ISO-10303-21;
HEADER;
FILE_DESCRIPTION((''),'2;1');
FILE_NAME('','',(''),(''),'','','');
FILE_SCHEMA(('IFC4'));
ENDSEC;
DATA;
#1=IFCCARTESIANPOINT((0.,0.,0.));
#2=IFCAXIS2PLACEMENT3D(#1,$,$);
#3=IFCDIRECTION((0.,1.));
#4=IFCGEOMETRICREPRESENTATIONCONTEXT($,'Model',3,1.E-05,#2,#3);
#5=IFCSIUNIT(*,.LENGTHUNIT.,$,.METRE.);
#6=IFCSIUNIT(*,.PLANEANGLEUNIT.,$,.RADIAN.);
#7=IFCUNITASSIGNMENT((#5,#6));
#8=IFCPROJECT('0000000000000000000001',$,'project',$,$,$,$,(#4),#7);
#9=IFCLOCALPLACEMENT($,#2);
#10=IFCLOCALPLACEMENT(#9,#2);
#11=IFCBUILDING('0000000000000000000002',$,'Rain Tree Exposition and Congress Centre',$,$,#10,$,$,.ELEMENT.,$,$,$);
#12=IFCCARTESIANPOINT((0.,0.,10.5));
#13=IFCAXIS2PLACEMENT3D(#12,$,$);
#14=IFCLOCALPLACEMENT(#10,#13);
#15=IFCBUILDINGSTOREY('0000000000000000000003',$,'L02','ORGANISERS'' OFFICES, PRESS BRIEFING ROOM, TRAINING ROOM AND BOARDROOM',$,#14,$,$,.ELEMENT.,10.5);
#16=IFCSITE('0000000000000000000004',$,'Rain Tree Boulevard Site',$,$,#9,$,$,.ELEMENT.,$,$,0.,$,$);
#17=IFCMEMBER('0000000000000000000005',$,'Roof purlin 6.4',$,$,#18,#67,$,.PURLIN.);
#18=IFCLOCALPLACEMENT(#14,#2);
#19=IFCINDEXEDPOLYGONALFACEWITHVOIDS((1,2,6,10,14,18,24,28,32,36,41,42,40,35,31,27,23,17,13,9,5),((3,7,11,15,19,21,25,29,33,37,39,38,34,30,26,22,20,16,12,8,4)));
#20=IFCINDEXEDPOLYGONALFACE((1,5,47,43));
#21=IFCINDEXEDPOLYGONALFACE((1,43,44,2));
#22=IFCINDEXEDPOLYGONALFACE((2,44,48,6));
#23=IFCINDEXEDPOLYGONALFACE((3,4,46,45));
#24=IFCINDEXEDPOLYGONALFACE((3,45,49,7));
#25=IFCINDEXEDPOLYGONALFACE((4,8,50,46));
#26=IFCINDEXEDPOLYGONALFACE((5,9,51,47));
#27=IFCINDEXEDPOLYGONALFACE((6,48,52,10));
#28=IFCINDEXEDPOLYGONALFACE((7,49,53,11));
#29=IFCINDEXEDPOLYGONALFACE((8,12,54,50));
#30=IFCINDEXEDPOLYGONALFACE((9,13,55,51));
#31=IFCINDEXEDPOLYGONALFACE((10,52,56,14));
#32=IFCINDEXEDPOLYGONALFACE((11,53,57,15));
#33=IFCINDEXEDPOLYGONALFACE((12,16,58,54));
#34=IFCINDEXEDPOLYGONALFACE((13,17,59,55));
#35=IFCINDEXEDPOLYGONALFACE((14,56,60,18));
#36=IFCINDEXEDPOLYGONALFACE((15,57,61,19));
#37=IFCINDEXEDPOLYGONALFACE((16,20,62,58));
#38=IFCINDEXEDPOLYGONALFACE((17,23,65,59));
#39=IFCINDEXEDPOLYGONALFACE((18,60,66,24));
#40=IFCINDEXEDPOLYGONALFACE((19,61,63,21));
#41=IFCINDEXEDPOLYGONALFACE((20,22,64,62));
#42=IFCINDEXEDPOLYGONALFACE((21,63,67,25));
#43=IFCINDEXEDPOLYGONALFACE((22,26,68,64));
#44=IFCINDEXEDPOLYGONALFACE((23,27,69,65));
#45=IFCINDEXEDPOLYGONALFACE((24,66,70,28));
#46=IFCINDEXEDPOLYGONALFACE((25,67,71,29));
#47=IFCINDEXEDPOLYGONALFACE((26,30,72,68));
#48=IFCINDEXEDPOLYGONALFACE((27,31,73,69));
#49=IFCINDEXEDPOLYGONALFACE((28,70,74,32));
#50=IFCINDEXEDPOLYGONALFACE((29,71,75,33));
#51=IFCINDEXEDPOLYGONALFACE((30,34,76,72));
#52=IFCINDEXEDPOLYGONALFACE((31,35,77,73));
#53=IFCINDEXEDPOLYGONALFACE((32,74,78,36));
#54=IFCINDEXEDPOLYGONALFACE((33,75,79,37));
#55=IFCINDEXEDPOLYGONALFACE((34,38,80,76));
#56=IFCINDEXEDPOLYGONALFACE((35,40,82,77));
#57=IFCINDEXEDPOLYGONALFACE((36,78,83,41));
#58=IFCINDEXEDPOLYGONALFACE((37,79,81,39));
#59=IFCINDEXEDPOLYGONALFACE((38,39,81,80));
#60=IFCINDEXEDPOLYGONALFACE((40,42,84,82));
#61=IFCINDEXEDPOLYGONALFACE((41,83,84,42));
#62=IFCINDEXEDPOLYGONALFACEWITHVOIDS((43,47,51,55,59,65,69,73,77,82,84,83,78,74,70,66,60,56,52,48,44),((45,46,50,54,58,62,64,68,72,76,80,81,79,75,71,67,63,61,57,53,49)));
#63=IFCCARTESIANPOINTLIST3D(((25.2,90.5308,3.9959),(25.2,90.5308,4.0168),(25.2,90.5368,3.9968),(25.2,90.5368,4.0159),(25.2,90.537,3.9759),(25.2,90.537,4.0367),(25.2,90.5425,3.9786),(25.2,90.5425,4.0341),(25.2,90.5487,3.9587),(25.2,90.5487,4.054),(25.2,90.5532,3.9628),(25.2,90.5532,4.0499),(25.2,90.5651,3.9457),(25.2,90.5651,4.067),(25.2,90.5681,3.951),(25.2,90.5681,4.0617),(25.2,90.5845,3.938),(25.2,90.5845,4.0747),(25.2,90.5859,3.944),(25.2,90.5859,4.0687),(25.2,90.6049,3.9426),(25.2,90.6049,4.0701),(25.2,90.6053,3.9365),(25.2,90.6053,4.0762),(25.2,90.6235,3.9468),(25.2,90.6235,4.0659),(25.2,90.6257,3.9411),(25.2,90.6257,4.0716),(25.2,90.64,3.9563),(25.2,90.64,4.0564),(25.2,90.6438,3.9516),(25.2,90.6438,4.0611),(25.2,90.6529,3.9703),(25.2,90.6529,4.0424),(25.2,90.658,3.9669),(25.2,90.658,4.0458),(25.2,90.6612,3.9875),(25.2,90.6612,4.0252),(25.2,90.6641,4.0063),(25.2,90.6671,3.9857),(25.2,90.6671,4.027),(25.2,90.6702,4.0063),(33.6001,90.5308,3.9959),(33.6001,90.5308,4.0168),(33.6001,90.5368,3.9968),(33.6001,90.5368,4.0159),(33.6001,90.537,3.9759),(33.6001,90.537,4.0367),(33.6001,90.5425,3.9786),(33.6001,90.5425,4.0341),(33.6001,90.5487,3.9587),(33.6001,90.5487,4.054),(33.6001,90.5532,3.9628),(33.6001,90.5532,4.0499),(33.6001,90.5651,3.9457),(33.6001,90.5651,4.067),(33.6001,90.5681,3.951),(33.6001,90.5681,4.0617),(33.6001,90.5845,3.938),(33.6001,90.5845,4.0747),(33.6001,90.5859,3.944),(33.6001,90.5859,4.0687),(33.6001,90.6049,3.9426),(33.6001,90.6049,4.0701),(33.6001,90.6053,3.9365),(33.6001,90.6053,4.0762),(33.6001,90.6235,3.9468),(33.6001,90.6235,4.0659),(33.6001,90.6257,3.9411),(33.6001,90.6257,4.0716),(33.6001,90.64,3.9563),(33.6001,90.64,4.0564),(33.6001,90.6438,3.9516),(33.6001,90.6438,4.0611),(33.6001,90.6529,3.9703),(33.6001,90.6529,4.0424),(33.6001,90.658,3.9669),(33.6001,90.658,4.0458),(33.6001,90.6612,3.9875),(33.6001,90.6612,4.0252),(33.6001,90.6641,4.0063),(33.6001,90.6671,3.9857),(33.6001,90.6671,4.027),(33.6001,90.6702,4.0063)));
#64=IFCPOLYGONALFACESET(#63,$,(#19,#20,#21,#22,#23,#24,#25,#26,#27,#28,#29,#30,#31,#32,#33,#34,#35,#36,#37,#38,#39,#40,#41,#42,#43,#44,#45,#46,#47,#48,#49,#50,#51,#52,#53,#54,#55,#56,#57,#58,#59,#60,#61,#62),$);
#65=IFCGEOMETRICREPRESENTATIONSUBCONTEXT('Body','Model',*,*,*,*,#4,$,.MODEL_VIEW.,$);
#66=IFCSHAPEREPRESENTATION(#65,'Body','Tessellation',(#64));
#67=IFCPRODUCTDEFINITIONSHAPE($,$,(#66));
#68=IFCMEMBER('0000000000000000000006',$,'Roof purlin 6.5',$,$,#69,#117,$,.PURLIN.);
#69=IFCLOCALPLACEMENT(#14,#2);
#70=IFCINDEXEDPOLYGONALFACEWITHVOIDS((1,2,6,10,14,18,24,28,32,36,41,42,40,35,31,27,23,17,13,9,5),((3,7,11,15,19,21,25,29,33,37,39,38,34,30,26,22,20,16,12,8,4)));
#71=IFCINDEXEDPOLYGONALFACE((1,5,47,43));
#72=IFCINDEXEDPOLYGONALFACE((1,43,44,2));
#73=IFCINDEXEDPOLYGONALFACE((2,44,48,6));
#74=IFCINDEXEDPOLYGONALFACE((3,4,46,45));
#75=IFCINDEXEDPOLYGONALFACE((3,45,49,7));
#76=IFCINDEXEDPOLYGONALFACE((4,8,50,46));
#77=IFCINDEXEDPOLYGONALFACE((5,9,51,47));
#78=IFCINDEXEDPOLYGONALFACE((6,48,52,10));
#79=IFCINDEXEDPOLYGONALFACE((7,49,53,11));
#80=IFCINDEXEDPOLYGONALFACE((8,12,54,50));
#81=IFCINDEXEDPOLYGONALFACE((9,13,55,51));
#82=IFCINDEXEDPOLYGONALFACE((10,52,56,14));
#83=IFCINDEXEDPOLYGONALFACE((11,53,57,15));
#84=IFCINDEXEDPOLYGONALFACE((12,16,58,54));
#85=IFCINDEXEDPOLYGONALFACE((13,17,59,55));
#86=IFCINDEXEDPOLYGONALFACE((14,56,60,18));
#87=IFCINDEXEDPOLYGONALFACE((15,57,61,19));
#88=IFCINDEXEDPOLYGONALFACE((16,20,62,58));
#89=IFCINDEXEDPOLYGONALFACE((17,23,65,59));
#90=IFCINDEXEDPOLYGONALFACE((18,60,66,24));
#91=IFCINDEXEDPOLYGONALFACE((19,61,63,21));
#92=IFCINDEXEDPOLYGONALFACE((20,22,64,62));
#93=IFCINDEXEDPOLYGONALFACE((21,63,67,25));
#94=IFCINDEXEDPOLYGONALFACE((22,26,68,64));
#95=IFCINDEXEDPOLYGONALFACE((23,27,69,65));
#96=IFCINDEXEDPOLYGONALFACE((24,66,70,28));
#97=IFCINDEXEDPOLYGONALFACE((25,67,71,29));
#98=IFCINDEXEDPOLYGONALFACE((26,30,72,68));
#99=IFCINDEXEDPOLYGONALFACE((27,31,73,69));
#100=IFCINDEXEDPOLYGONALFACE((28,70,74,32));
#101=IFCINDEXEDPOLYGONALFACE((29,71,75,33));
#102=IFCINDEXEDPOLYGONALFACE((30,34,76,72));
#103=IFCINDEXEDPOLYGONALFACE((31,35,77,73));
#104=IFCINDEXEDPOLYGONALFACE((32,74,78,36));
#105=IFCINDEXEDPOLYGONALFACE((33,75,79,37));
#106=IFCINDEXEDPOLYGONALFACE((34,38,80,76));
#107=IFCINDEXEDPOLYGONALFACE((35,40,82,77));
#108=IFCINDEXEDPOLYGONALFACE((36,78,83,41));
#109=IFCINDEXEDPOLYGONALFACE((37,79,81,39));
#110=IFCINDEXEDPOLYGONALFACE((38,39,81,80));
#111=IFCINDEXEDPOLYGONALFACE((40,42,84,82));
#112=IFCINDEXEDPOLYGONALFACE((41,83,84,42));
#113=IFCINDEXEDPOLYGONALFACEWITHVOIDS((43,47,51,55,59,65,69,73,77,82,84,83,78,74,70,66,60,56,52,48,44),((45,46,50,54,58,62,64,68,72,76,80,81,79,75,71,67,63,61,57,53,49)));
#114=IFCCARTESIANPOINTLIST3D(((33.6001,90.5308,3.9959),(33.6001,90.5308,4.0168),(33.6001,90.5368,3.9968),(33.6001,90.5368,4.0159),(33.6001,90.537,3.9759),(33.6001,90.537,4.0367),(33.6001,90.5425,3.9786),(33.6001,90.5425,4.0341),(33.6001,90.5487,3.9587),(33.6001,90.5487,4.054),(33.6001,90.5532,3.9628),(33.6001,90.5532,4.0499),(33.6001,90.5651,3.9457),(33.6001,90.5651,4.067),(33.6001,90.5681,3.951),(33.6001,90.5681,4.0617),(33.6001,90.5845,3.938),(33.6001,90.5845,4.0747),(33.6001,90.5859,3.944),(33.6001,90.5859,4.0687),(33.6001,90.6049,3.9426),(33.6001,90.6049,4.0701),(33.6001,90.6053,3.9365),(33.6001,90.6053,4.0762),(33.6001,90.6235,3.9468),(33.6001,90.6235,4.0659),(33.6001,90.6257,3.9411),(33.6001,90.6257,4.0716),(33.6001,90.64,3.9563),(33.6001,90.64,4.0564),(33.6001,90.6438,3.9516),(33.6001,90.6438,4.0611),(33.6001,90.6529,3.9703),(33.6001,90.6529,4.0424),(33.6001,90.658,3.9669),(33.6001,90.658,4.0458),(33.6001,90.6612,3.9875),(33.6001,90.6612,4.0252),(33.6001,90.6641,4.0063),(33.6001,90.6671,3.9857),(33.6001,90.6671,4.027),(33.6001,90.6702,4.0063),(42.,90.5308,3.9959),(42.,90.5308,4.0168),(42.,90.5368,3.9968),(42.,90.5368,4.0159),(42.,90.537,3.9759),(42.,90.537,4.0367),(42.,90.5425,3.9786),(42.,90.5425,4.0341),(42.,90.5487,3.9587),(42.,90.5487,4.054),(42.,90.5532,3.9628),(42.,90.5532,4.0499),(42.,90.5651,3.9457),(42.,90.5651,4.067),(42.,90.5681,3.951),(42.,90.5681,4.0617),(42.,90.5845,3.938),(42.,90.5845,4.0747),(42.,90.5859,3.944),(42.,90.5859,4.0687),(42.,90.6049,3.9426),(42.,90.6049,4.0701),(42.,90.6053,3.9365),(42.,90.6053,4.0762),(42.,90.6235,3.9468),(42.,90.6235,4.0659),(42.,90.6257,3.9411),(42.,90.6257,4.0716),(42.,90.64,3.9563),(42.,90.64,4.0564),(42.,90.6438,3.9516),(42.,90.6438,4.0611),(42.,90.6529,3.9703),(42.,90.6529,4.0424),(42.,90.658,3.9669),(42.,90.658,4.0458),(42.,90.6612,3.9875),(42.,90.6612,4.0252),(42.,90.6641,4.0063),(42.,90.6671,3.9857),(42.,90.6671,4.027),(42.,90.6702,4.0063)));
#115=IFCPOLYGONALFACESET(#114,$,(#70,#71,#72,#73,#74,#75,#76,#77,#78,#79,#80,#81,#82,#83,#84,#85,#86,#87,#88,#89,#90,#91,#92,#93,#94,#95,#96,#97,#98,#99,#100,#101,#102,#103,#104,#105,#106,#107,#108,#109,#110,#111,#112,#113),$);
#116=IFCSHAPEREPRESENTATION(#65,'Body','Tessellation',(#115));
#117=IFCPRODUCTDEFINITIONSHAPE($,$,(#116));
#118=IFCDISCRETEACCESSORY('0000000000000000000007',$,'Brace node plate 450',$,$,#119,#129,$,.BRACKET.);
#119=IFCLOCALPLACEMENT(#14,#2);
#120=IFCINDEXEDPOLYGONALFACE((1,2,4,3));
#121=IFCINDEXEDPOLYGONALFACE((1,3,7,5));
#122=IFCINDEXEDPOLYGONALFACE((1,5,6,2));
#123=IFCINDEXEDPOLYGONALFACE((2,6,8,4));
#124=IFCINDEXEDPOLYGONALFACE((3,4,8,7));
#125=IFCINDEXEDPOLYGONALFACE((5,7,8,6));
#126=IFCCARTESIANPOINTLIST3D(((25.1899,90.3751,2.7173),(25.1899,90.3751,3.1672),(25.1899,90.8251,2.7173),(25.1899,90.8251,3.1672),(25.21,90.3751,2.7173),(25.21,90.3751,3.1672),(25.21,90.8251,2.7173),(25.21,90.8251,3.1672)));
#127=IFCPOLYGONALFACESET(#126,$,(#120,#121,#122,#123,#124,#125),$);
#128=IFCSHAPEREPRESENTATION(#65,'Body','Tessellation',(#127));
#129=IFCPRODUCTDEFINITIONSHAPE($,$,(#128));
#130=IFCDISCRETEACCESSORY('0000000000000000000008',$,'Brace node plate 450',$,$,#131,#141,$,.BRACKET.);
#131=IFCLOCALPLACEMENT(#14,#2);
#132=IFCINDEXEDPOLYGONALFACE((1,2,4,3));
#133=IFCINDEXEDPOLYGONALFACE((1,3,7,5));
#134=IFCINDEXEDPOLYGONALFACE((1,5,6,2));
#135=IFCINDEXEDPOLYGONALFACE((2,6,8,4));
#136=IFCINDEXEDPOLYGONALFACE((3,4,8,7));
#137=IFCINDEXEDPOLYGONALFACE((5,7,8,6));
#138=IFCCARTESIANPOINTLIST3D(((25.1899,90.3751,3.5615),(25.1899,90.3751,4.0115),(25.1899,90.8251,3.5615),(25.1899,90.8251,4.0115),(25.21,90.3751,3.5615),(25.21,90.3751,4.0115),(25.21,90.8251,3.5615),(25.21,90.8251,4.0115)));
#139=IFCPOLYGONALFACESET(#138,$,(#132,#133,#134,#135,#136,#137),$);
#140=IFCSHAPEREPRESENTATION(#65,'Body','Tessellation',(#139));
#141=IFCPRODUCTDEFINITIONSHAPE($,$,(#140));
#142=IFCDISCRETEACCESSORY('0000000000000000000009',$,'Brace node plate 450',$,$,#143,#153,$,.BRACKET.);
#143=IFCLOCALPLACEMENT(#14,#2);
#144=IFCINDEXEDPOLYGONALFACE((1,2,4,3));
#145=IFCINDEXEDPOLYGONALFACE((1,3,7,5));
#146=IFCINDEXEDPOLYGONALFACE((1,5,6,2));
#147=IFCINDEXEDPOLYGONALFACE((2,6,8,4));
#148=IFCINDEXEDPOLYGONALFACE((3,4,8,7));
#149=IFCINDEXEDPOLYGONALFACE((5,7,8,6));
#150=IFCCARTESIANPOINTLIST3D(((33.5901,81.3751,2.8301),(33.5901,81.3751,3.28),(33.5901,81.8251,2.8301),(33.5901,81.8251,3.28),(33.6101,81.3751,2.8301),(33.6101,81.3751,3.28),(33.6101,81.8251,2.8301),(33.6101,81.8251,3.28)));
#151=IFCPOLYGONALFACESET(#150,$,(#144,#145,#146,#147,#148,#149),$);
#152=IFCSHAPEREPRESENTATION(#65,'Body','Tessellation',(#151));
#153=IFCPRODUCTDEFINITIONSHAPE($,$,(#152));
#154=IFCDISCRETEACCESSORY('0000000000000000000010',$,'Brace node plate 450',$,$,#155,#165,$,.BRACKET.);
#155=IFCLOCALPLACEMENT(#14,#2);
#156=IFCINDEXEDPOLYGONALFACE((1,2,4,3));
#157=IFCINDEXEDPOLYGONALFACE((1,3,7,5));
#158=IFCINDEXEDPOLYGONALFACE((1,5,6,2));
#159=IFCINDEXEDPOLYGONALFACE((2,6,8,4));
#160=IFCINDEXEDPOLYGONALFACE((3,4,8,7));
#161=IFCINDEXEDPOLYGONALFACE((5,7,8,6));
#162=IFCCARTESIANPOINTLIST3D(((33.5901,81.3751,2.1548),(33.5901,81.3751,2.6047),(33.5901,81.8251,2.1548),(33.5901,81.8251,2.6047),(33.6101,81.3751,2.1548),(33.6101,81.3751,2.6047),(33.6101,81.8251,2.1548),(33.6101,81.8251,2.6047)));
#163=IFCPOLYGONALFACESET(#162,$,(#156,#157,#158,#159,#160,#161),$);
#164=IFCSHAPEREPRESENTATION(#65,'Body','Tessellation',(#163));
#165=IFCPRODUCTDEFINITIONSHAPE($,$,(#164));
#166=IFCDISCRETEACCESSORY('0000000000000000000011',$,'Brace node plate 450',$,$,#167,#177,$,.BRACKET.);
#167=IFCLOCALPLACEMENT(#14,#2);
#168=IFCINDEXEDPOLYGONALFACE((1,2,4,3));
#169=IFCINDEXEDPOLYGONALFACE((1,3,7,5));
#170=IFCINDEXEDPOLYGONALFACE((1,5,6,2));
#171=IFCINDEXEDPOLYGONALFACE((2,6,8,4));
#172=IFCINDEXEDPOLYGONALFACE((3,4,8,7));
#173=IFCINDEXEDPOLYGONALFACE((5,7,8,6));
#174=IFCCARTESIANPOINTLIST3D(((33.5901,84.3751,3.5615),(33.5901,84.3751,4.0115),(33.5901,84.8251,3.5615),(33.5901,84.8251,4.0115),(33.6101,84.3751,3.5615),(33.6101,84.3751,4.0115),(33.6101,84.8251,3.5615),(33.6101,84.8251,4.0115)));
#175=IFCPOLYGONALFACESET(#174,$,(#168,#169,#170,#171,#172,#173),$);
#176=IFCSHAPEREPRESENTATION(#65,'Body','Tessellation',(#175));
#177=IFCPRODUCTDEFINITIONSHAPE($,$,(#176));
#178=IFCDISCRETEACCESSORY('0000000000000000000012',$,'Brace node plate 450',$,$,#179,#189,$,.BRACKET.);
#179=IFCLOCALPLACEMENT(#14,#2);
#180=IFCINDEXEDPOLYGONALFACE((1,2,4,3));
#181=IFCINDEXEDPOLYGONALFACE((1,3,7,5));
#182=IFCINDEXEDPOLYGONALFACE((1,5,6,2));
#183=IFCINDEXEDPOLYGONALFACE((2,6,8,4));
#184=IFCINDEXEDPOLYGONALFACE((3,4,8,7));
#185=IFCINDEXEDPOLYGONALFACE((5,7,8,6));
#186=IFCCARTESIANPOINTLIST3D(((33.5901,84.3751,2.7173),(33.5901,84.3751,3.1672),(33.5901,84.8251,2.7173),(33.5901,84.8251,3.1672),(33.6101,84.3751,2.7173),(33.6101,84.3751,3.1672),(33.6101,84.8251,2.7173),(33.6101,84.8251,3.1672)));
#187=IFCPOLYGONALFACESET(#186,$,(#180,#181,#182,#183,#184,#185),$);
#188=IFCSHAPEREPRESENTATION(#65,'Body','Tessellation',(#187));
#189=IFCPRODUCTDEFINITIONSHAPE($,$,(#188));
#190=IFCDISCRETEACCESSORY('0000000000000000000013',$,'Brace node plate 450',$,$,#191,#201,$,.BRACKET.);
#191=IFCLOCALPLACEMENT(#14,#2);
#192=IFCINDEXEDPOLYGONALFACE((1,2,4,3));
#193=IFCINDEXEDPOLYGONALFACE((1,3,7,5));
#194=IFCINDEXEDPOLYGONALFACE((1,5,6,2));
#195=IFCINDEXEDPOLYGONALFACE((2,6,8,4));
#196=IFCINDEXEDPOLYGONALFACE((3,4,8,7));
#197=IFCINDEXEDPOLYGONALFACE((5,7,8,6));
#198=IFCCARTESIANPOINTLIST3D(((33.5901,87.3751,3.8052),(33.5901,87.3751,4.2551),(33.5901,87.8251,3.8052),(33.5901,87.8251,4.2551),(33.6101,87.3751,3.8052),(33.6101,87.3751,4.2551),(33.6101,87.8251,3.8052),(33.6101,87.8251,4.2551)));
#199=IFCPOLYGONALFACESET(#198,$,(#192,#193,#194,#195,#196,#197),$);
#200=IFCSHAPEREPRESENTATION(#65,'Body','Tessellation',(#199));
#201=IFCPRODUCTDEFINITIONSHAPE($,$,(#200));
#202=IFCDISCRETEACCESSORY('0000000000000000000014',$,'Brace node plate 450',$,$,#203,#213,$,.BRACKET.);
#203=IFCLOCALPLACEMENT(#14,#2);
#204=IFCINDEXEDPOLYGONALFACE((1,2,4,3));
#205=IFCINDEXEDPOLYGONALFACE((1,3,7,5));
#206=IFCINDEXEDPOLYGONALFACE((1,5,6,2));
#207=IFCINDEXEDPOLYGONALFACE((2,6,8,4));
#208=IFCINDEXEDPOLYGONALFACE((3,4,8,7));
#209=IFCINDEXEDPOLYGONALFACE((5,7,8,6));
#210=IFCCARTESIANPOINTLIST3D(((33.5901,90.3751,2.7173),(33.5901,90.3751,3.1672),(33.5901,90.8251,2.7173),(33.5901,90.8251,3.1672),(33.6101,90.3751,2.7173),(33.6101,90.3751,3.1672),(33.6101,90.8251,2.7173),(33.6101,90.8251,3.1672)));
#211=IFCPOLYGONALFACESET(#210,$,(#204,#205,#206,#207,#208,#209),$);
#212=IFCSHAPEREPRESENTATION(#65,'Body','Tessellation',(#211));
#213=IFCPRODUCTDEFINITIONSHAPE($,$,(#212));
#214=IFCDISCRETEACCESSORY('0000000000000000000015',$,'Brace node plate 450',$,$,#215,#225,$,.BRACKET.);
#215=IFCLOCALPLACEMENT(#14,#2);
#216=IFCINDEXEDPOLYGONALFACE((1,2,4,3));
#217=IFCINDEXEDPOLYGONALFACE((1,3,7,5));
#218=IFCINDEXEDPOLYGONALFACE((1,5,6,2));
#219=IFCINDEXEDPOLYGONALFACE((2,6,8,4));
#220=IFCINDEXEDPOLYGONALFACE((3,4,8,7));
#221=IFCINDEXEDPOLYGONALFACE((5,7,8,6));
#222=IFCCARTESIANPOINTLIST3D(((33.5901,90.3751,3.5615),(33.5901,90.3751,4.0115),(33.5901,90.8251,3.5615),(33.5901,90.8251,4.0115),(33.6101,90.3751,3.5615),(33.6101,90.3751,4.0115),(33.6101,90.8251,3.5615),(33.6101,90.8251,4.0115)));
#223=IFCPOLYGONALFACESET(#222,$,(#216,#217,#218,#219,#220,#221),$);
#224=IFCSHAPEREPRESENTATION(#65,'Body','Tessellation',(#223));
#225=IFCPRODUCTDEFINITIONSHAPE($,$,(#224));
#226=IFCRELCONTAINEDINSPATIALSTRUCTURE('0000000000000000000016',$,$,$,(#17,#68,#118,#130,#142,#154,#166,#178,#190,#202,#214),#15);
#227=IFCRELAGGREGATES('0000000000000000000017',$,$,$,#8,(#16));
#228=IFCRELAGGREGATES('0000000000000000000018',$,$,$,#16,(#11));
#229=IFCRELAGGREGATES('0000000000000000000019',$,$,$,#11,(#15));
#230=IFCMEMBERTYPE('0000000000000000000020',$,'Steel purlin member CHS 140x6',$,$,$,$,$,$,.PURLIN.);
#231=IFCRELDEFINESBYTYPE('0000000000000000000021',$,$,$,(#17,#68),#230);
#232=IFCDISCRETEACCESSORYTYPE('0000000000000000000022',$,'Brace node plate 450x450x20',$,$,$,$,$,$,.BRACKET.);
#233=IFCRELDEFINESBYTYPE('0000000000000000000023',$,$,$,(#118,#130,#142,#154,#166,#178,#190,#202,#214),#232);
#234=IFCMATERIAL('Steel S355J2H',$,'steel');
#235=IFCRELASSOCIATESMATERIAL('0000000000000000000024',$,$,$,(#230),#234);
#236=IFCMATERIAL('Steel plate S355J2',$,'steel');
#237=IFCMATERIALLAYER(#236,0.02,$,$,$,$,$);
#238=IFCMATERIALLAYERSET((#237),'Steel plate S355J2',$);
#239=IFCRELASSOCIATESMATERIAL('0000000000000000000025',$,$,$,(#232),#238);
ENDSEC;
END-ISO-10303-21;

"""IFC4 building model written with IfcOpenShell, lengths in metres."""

from ifc_helpers import new_model, si_unit, direction, frame, origin, origin_2d, place, context, subcontext, project, spatial, rectangle, hollow_circle, extrude, material, layer, layer_set, material_profile, profile_set, type_object, element, save


model = new_model("IFC4")

# Units and contexts
model_context = context("Model", 3, precision=1e-05, world=origin(), true_north=direction((0.0, 1.0)))
body_context = subcontext(model_context, "Body", "Model", "MODEL_VIEW")
ifc_project = project(units=[si_unit("LENGTHUNIT", "METRE"), si_unit("PLANEANGLEUNIT", "RADIAN")], contexts=[model_context])

# Site, building, storey
site_placement = place(None, origin())
site = spatial("IfcSite", under=ifc_project, at=site_placement, Name="Rain Tree Boulevard Site", CompositionType="ELEMENT", RefElevation=0.0)
building_placement = place(site_placement, origin())
building = spatial("IfcBuilding", under=site, at=building_placement, Name="Rain Tree Exposition and Congress Centre", CompositionType="ELEMENT")
storey_placement = place(building_placement, frame((0.0, 0.0, 10.5)))
storey = spatial("IfcBuildingStorey", under=building, at=storey_placement, Name="L02", Description="ORGANISERS' OFFICES, PRESS BRIEFING ROOM, TRAINING ROOM AND BOARDROOM", CompositionType="ELEMENT", Elevation=10.5)

# Members
ifc_material_1 = material(Name="Steel S355J2H", Category="steel")
ifc_material_profile_1 = material_profile(ifc_material_1, hollow_circle(Radius=0.0701, WallThickness=0.0061, at=origin_2d()), Name="CHS 140x6")
ifc_profile_set_1 = profile_set([ifc_material_profile_1], Name="Steel S355J2H")
member_type_1 = type_object("IfcMemberType", Name="Steel purlin member CHS 140x6", PredefinedType="PURLIN", material=ifc_profile_set_1)
member_1_placement = place(storey_placement, frame((25.2, 90.6001, 4.0063), z_axis=(1.0, 0.0, 0.0), x_axis=(0.0, 1.0, 0.0)))
element("IfcMember", 1, at=member_1_placement, inside=storey, type_object=member_type_1, Name="Roof purlin 6.4", PredefinedType="PURLIN", context=body_context, shape_type="SweptSolid", body=[
    extrude(hollow_circle(Radius=0.0701, WallThickness=0.0061, at=origin_2d()), origin(), (0.0, 0.0, 1.0), 8.4001),
])
member_2_placement = place(storey_placement, frame((33.6001, 90.6001, 4.0063), z_axis=(1.0, 0.0, 0.0), x_axis=(0.0, 1.0, 0.0)))
element("IfcMember", 2, at=member_2_placement, inside=storey, type_object=member_type_1, Name="Roof purlin 6.5", PredefinedType="PURLIN", context=body_context, shape_type="SweptSolid", body=[
    extrude(hollow_circle(Radius=0.0701, WallThickness=0.0061, at=origin_2d()), origin(), (0.0, 0.0, 1.0), 8.3999),
])

# Discrete accessories
ifc_material_2 = material(Name="Steel plate S355J2", Category="steel")
ifc_layer = layer(ifc_material_2, 0.02)
ifc_layer_set = layer_set([ifc_layer], Name="Steel plate S355J2")
discrete_accessory_type = type_object("IfcDiscreteAccessoryType", Name="Brace node plate 450x450x20", PredefinedType="BRACKET", material=ifc_layer_set)
for number, where, z_axis, x_axis, name in (
    (3, (25.2, 90.6001, 2.7173), (0.0, 0.0, 1.0), (0.0, -1.0, 0.0), "Brace node plate 450"),
    (4, (25.2, 90.6001, 3.5615), (0.0, 0.0, 1.0), (0.0, 1.0, 0.0), "Brace node plate 450"),
    (5, (33.6001, 81.6001, 2.8301), (0.0, 0.0, 1.0), (0.0, -1.0, 0.0), "Brace node plate 450"),
    (6, (33.6001, 81.6001, 2.1548), (0.0, 0.0, 1.0), (0.0, 1.0, 0.0), "Brace node plate 450"),
    (7, (33.6001, 84.6001, 3.5615), (0.0, 0.0, 1.0), (0.0, -1.0, 0.0), "Brace node plate 450"),
    (8, (33.6001, 84.6001, 2.7173), (0.0, 0.0, 1.0), (0.0, 1.0, 0.0), "Brace node plate 450"),
    (9, (33.6001, 87.6001, 3.8052), (0.0, 0.0, 1.0), (0.0, 1.0, 0.0), "Brace node plate 450"),
    (10, (33.6001, 90.6001, 2.7173), (0.0, 0.0, 1.0), (0.0, -1.0, 0.0), "Brace node plate 450"),
    (11, (33.6001, 90.6001, 3.5615), (0.0, 0.0, 1.0), (0.0, 1.0, 0.0), "Brace node plate 450"),
):
    element("IfcDiscreteAccessory", number, at=place(storey_placement, frame(where, z_axis=z_axis, x_axis=x_axis)), inside=storey, type_object=discrete_accessory_type, Name=name, PredefinedType="BRACKET", context=body_context, shape_type="SweptSolid", body=[
        extrude(rectangle(XDim=0.45, YDim=0.02, at=origin_2d()), origin(), (0.0, 0.0, 1.0), 0.45),
    ])

save(model, "model.ifc")
